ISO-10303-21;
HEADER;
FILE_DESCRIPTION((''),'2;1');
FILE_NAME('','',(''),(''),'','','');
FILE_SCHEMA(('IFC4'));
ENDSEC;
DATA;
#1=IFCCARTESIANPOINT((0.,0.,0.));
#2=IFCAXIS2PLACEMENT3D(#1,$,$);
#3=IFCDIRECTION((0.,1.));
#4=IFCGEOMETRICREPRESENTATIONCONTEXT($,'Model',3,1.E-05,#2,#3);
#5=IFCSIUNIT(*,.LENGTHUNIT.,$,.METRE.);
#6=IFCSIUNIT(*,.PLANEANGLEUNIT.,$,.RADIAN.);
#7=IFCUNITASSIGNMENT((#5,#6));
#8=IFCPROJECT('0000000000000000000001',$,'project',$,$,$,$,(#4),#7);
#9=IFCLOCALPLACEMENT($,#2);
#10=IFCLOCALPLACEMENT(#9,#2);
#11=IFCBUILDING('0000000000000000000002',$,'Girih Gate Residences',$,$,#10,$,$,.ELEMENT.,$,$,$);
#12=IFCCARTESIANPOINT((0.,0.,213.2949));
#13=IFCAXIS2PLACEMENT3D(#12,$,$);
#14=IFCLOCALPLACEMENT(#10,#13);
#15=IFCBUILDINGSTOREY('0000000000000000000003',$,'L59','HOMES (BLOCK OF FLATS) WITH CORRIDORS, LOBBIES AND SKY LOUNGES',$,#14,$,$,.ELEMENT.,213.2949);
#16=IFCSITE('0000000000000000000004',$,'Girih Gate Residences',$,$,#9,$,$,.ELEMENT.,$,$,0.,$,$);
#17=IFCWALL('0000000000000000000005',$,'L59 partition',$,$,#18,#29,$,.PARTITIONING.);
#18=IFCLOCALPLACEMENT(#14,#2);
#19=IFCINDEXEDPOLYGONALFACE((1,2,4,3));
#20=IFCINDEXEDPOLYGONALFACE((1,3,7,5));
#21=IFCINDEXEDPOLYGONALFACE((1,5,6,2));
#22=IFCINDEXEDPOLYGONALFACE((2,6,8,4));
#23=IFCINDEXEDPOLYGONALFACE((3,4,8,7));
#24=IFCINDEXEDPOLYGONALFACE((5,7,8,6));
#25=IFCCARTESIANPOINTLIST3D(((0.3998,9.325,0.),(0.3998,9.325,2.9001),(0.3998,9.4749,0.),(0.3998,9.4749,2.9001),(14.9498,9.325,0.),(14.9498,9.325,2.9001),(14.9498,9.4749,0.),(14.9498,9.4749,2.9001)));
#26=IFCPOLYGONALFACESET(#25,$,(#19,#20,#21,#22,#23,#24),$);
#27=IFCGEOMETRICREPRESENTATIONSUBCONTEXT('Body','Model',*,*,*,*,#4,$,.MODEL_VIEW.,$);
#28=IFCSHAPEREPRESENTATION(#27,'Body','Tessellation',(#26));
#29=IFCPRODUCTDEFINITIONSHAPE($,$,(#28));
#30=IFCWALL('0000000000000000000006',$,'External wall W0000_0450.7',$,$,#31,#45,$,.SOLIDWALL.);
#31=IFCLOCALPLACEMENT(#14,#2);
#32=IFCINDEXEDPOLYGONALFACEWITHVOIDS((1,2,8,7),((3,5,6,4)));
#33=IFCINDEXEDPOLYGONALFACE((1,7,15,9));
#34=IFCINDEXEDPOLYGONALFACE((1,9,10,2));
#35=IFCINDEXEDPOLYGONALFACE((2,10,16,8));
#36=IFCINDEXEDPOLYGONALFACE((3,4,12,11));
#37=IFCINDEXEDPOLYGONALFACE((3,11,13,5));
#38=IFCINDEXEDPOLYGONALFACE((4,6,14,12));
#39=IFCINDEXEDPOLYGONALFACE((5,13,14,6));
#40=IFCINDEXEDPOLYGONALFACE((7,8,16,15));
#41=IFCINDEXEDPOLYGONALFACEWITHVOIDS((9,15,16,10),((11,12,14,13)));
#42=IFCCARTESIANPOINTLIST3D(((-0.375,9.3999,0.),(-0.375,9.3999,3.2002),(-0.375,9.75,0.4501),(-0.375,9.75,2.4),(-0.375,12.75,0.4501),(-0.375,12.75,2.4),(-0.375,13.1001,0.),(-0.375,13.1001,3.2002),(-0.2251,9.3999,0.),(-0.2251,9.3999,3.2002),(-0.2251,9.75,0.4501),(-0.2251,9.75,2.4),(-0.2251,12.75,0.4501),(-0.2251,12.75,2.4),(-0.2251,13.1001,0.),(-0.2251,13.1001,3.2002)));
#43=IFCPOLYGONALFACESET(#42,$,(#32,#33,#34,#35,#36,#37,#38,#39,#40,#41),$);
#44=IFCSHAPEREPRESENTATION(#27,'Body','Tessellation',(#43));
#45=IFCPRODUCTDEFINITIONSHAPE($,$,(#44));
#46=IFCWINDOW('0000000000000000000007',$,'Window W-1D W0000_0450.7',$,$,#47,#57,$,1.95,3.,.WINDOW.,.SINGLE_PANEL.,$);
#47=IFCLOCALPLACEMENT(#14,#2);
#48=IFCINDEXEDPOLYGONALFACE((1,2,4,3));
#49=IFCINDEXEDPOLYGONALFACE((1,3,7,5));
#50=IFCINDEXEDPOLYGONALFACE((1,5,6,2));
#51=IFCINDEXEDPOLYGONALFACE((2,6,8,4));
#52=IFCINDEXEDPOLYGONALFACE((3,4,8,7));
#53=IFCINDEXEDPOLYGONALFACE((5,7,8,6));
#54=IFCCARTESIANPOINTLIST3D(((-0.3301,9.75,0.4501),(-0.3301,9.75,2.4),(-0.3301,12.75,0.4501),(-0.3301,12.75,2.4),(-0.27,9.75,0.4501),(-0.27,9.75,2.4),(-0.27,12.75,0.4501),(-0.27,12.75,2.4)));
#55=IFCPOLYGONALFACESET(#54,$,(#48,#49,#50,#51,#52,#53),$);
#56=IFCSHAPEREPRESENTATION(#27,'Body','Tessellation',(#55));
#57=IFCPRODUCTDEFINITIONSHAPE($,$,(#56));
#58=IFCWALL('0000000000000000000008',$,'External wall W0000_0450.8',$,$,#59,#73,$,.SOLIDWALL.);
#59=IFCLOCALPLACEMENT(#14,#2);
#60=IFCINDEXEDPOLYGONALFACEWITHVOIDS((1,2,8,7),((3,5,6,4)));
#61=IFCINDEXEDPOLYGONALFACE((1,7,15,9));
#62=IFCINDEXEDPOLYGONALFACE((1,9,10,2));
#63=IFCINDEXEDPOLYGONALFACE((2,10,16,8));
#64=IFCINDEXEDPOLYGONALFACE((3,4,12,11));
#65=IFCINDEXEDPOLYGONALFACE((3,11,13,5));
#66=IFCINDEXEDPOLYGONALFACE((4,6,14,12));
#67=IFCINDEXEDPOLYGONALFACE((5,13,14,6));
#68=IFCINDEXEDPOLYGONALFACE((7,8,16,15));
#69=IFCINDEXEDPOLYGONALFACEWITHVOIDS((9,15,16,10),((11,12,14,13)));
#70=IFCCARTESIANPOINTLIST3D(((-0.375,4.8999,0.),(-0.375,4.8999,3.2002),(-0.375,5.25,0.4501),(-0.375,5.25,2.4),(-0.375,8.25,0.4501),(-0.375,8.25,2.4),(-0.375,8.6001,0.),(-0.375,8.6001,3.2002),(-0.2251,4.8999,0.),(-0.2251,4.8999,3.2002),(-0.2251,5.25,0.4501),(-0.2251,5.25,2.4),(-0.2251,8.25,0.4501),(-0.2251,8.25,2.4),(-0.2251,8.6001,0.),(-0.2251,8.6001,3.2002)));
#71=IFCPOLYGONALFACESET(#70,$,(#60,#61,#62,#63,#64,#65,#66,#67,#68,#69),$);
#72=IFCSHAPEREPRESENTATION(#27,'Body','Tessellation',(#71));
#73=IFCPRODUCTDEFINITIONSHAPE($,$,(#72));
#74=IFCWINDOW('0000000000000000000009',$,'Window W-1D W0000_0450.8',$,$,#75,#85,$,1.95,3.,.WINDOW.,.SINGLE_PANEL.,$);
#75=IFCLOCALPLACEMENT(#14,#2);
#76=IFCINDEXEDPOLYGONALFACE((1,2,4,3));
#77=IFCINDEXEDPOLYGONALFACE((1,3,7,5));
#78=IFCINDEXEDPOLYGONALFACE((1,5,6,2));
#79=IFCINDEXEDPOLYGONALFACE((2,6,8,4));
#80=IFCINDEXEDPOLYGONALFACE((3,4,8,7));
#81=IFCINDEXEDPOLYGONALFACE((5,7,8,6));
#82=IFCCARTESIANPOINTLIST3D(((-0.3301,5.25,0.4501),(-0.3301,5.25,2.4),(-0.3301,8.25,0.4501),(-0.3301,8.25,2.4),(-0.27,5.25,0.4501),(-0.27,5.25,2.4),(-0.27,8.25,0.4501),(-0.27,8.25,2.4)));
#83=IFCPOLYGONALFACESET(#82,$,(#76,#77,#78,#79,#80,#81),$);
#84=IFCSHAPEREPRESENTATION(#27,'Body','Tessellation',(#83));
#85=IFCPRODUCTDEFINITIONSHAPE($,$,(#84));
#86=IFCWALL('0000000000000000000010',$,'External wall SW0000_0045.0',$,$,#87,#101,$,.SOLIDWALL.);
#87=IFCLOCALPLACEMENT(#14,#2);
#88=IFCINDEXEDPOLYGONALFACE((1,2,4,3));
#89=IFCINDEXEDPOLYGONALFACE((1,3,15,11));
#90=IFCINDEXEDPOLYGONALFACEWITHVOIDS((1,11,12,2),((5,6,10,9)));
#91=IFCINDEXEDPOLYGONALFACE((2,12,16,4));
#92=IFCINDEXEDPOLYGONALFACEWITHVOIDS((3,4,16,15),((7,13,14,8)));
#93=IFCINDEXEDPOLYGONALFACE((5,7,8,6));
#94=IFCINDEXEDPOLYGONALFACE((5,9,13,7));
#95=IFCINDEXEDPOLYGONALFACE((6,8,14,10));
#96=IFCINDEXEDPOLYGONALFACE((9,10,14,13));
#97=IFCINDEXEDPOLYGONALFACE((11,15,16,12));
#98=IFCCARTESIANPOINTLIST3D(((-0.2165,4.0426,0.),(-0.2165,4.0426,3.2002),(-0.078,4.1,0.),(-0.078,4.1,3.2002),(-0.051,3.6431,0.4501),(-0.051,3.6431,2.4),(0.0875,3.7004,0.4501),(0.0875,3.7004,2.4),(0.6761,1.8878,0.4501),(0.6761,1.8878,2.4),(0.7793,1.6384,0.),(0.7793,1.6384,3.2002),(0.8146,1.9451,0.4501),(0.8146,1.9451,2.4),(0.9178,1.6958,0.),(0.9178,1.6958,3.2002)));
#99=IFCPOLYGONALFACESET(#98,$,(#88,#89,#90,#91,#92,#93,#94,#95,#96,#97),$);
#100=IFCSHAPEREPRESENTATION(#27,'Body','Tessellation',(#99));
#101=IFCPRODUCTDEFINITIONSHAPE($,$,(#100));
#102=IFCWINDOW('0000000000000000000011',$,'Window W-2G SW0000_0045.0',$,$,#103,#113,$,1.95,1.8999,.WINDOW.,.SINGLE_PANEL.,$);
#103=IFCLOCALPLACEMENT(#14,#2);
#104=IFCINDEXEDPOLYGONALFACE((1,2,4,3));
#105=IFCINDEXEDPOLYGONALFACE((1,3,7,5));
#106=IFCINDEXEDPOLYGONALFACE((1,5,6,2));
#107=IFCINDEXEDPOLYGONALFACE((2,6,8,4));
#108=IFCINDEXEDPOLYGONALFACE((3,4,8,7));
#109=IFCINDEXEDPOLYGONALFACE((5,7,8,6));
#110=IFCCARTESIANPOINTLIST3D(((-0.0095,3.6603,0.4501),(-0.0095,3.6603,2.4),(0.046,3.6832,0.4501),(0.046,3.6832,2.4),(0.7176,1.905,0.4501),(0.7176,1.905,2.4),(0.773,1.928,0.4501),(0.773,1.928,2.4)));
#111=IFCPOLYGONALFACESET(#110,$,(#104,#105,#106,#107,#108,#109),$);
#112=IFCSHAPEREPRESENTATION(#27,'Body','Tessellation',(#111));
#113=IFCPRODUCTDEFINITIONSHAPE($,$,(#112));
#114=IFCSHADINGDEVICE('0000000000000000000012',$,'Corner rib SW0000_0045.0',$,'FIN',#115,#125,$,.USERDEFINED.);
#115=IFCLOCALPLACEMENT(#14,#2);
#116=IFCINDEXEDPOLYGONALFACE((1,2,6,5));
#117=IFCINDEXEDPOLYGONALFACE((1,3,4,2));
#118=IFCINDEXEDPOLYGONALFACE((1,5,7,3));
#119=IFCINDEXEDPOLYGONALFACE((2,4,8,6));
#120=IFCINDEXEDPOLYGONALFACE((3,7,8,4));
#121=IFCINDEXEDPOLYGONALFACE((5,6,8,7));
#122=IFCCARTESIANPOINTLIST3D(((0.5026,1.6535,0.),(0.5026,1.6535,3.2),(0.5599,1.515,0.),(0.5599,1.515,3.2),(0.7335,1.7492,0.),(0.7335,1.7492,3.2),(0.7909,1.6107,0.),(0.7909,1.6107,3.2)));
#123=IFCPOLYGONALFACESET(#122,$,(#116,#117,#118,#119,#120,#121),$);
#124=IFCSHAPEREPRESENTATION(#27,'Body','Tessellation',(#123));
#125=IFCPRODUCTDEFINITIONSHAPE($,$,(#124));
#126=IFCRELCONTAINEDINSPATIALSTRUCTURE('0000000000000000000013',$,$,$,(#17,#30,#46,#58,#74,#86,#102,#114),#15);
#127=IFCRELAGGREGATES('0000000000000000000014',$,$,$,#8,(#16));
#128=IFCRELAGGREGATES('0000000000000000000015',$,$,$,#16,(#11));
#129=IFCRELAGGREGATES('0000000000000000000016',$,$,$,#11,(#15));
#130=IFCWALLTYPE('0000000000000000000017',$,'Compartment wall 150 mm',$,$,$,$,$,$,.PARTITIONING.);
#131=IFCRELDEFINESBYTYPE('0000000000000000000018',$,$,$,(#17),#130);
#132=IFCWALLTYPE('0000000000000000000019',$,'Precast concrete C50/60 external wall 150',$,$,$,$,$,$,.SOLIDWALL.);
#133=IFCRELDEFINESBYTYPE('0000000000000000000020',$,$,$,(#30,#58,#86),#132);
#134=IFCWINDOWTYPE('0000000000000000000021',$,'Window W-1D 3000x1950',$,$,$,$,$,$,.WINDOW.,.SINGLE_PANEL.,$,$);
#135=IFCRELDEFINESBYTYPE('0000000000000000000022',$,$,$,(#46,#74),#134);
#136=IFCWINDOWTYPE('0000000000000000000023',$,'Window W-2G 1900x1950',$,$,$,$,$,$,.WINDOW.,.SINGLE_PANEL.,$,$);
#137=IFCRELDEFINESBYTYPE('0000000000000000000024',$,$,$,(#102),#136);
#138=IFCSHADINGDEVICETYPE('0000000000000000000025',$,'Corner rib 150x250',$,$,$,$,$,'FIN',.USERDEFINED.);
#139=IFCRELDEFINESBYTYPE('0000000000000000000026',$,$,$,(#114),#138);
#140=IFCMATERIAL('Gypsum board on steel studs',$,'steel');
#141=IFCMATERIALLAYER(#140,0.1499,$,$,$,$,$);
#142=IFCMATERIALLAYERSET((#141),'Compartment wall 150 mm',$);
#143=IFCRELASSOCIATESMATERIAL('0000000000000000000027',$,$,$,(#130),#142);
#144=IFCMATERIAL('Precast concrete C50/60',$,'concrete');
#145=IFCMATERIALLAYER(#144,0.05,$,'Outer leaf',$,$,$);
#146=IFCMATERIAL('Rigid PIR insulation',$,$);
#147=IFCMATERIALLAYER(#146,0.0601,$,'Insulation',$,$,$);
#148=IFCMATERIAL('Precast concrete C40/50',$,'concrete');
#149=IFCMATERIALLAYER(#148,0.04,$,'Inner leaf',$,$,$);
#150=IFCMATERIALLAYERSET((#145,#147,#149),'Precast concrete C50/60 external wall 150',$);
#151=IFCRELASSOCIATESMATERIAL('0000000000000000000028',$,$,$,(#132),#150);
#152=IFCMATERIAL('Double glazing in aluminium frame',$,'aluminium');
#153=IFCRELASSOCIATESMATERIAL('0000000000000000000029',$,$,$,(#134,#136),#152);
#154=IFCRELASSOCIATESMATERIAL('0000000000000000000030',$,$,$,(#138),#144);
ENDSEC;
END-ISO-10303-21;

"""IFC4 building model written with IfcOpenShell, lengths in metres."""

from ifc_helpers import new_model, si_unit, direction, frame, frame_2d, origin, origin_2d, place, context, subcontext, project, spatial, rectangle, extrude, material, layer, layer_set, type_object, element, fill, save


model = new_model("IFC4")

# Units and contexts
model_context = context("Model", 3, precision=1e-05, world=origin(), true_north=direction((0.0, 1.0)))
body_context = subcontext(model_context, "Body", "Model", "MODEL_VIEW")
ifc_project = project(units=[si_unit("LENGTHUNIT", "METRE"), si_unit("PLANEANGLEUNIT", "RADIAN")], contexts=[model_context])

# Site, building, storey
site_placement = place(None, origin())
site = spatial("IfcSite", under=ifc_project, at=site_placement, Name="Girih Gate Residences", CompositionType="ELEMENT", RefElevation=0.0)
building_placement = place(site_placement, origin())
building = spatial("IfcBuilding", under=site, at=building_placement, Name="Girih Gate Residences", CompositionType="ELEMENT")
storey_placement = place(building_placement, frame((0.0, 0.0, 213.2949)))
storey = spatial("IfcBuildingStorey", under=building, at=storey_placement, Name="L59", Description="HOMES (BLOCK OF FLATS) WITH CORRIDORS, LOBBIES AND SKY LOUNGES", CompositionType="ELEMENT", Elevation=213.2949)

# Wall
ifc_material_1 = material(Name="Gypsum board on steel studs", Category="steel")
ifc_layer_1 = layer(ifc_material_1, 0.1499)
ifc_layer_set_1 = layer_set([ifc_layer_1], Name="Compartment wall 150 mm")
wall_type_1 = type_object("IfcWallType", Name="Compartment wall 150 mm", PredefinedType="PARTITIONING", material=ifc_layer_set_1)
wall_1_placement = place(storey_placement, frame((0.3999, 9.3999, 0.0), z_axis=(0.0, 0.0, 1.0), x_axis=(1.0, 0.0, 0.0)))
element("IfcWall", 1, at=wall_1_placement, inside=storey, type_object=wall_type_1, Name="L59 partition", PredefinedType="PARTITIONING", context=body_context, shape_type="SweptSolid", body=[
    extrude(rectangle(XDim=14.55, YDim=0.1499, at=frame_2d((7.2749, 0.0))), origin(), (0.0, 0.0, 1.0), 2.9001),
])

# Walls, openings, windows
ifc_material_2 = material(Name="Precast concrete C50/60", Category="concrete")
ifc_layer_2 = layer(ifc_material_2, 0.05, Name="Outer leaf")
ifc_material_3 = material(Name="Rigid PIR insulation")
ifc_layer_3 = layer(ifc_material_3, 0.0601, Name="Insulation")
ifc_material_4 = material(Name="Precast concrete C40/50", Category="concrete")
ifc_layer_4 = layer(ifc_material_4, 0.04, Name="Inner leaf")
ifc_layer_set_2 = layer_set([ifc_layer_2, ifc_layer_3, ifc_layer_4], Name="Precast concrete C50/60 external wall 150")
wall_type_2 = type_object("IfcWallType", Name="Precast concrete C50/60 external wall 150", PredefinedType="SOLIDWALL", material=ifc_layer_set_2)
wall_2_placement = place(storey_placement, frame((-0.3, 9.3999, 0.0), z_axis=(0.0, 0.0, 1.0), x_axis=(0.0, 1.0, 0.0)))
wall_2 = element("IfcWall", 2, at=wall_2_placement, inside=storey, type_object=wall_type_2, Name="External wall W0000_0450.7", PredefinedType="SOLIDWALL", context=body_context, shape_type="SweptSolid", body=[
    extrude(rectangle(XDim=3.7002, YDim=0.1499, at=frame_2d((1.8501, 0.0))), origin(), (0.0, 0.0, 1.0), 3.2002),
])
opening_1_placement = place(wall_2_placement, frame((0.3501, 0.0, 0.45)))
opening_1 = element("IfcOpeningElement", 3, at=opening_1_placement, cuts=wall_2, PredefinedType="OPENING", context=body_context, shape_type="SweptSolid", body=[
    extrude(rectangle(XDim=3.0, YDim=1.95, at=frame_2d((1.5, 0.9751))), frame((0.0, 0.085, 0.0), z_axis=(0.0, -1.0, 0.0), x_axis=(1.0, 0.0, 0.0)), (0.0, 0.0, 1.0), 0.1699),
])
ifc_material_5 = material(Name="Double glazing in aluminium frame", Category="aluminium")
window_type_1 = type_object("IfcWindowType", Name="Window W-1D 3000x1950", PartitioningType="SINGLE_PANEL", PredefinedType="WINDOW", material=ifc_material_5)
window_1_placement = place(opening_1_placement, origin())
window_1 = element("IfcWindow", 4, at=window_1_placement, inside=storey, type_object=window_type_1, Name="Window W-1D W0000_0450.7", OverallHeight=1.95, OverallWidth=3.0, PartitioningType="SINGLE_PANEL", PredefinedType="WINDOW", context=body_context, shape_type="SweptSolid", body=[
    extrude(rectangle(XDim=3.0, YDim=1.95, at=frame_2d((1.5, 0.9751))), frame((0.0, 0.03, 0.0), z_axis=(0.0, -1.0, 0.0), x_axis=(1.0, 0.0, 0.0)), (0.0, 0.0, 1.0), 0.0601),
])
fill(opening_1, window_1)
wall_3_placement = place(storey_placement, frame((-0.3, 4.8999, 0.0), z_axis=(0.0, 0.0, 1.0), x_axis=(0.0, 1.0, 0.0)))
wall_3 = element("IfcWall", 5, at=wall_3_placement, inside=storey, type_object=wall_type_2, Name="External wall W0000_0450.8", PredefinedType="SOLIDWALL", context=body_context, shape_type="SweptSolid", body=[
    extrude(rectangle(XDim=3.7002, YDim=0.1499, at=frame_2d((1.8501, 0.0))), origin(), (0.0, 0.0, 1.0), 3.2002),
])
opening_2_placement = place(wall_3_placement, frame((0.3501, 0.0, 0.45)))
opening_2 = element("IfcOpeningElement", 6, at=opening_2_placement, cuts=wall_3, PredefinedType="OPENING", context=body_context, shape_type="SweptSolid", body=[
    extrude(rectangle(XDim=3.0, YDim=1.95, at=frame_2d((1.5, 0.9751))), frame((0.0, 0.085, 0.0), z_axis=(0.0, -1.0, 0.0), x_axis=(1.0, 0.0, 0.0)), (0.0, 0.0, 1.0), 0.1699),
])
window_2_placement = place(opening_2_placement, origin())
window_2 = element("IfcWindow", 7, at=window_2_placement, inside=storey, type_object=window_type_1, Name="Window W-1D W0000_0450.8", OverallHeight=1.95, OverallWidth=3.0, PartitioningType="SINGLE_PANEL", PredefinedType="WINDOW", context=body_context, shape_type="SweptSolid", body=[
    extrude(rectangle(XDim=3.0, YDim=1.95, at=frame_2d((1.5, 0.9751))), frame((0.0, 0.03, 0.0), z_axis=(0.0, -1.0, 0.0), x_axis=(1.0, 0.0, 0.0)), (0.0, 0.0, 1.0), 0.0601),
])
fill(opening_2, window_2)
wall_4_placement = place(storey_placement, frame((0.8486, 1.667, 0.0), z_axis=(0.0, 0.0, 1.0), x_axis=(-0.382669, 0.923885, 0.0)))
wall_4 = element("IfcWall", 8, at=wall_4_placement, inside=storey, type_object=wall_type_2, Name="External wall SW0000_0045.0", PredefinedType="SOLIDWALL", context=body_context, shape_type="SweptSolid", body=[
    extrude(rectangle(XDim=2.6023, YDim=0.1499, at=frame_2d((1.3013, 0.0))), origin(), (0.0, 0.0, 1.0), 3.2002),
])
opening_3_placement = place(wall_4_placement, frame((0.27, 0.0, 0.45)))
opening_3 = element("IfcOpeningElement", 9, at=opening_3_placement, cuts=wall_4, PredefinedType="OPENING", context=body_context, shape_type="SweptSolid", body=[
    extrude(rectangle(XDim=1.8999, YDim=1.95, at=frame_2d((0.95, 0.9751))), frame((0.0, 0.085, 0.0), z_axis=(0.0, -1.0, 0.0), x_axis=(1.0, 0.0, 0.0)), (0.0, 0.0, 1.0), 0.1699),
])
window_type_2 = type_object("IfcWindowType", Name="Window W-2G 1900x1950", PartitioningType="SINGLE_PANEL", PredefinedType="WINDOW", material=ifc_material_5)
window_3_placement = place(opening_3_placement, origin())
window_3 = element("IfcWindow", 10, at=window_3_placement, inside=storey, type_object=window_type_2, Name="Window W-2G SW0000_0045.0", OverallHeight=1.95, OverallWidth=1.8999, PartitioningType="SINGLE_PANEL", PredefinedType="WINDOW", context=body_context, shape_type="SweptSolid", body=[
    extrude(rectangle(XDim=1.8999, YDim=1.95, at=frame_2d((0.95, 0.9751))), frame((0.0, 0.03, 0.0), z_axis=(0.0, -1.0, 0.0), x_axis=(1.0, 0.0, 0.0)), (0.0, 0.0, 1.0), 0.0601),
])
fill(opening_3, window_3)

# Shading device
shading_device_type = type_object("IfcShadingDeviceType", Name="Corner rib 150x250", ElementType="FIN", PredefinedType="USERDEFINED", material=ifc_material_2)
shading_device_placement = place(storey_placement, frame((0.6467, 1.6321, 0.0), z_axis=(0.0, 0.0, 1.0), x_axis=(0.382683, -0.92388, 0.0)))
element("IfcShadingDevice", 11, at=shading_device_placement, inside=storey, type_object=shading_device_type, Name="Corner rib SW0000_0045.0", ObjectType="FIN", PredefinedType="USERDEFINED", context=body_context, shape_type="SweptSolid", body=[
    extrude(rectangle(XDim=0.1499, YDim=0.25, at=origin_2d()), origin(), (0.0, 0.0, 1.0), 3.2),
])

save(model, "model.ifc")
